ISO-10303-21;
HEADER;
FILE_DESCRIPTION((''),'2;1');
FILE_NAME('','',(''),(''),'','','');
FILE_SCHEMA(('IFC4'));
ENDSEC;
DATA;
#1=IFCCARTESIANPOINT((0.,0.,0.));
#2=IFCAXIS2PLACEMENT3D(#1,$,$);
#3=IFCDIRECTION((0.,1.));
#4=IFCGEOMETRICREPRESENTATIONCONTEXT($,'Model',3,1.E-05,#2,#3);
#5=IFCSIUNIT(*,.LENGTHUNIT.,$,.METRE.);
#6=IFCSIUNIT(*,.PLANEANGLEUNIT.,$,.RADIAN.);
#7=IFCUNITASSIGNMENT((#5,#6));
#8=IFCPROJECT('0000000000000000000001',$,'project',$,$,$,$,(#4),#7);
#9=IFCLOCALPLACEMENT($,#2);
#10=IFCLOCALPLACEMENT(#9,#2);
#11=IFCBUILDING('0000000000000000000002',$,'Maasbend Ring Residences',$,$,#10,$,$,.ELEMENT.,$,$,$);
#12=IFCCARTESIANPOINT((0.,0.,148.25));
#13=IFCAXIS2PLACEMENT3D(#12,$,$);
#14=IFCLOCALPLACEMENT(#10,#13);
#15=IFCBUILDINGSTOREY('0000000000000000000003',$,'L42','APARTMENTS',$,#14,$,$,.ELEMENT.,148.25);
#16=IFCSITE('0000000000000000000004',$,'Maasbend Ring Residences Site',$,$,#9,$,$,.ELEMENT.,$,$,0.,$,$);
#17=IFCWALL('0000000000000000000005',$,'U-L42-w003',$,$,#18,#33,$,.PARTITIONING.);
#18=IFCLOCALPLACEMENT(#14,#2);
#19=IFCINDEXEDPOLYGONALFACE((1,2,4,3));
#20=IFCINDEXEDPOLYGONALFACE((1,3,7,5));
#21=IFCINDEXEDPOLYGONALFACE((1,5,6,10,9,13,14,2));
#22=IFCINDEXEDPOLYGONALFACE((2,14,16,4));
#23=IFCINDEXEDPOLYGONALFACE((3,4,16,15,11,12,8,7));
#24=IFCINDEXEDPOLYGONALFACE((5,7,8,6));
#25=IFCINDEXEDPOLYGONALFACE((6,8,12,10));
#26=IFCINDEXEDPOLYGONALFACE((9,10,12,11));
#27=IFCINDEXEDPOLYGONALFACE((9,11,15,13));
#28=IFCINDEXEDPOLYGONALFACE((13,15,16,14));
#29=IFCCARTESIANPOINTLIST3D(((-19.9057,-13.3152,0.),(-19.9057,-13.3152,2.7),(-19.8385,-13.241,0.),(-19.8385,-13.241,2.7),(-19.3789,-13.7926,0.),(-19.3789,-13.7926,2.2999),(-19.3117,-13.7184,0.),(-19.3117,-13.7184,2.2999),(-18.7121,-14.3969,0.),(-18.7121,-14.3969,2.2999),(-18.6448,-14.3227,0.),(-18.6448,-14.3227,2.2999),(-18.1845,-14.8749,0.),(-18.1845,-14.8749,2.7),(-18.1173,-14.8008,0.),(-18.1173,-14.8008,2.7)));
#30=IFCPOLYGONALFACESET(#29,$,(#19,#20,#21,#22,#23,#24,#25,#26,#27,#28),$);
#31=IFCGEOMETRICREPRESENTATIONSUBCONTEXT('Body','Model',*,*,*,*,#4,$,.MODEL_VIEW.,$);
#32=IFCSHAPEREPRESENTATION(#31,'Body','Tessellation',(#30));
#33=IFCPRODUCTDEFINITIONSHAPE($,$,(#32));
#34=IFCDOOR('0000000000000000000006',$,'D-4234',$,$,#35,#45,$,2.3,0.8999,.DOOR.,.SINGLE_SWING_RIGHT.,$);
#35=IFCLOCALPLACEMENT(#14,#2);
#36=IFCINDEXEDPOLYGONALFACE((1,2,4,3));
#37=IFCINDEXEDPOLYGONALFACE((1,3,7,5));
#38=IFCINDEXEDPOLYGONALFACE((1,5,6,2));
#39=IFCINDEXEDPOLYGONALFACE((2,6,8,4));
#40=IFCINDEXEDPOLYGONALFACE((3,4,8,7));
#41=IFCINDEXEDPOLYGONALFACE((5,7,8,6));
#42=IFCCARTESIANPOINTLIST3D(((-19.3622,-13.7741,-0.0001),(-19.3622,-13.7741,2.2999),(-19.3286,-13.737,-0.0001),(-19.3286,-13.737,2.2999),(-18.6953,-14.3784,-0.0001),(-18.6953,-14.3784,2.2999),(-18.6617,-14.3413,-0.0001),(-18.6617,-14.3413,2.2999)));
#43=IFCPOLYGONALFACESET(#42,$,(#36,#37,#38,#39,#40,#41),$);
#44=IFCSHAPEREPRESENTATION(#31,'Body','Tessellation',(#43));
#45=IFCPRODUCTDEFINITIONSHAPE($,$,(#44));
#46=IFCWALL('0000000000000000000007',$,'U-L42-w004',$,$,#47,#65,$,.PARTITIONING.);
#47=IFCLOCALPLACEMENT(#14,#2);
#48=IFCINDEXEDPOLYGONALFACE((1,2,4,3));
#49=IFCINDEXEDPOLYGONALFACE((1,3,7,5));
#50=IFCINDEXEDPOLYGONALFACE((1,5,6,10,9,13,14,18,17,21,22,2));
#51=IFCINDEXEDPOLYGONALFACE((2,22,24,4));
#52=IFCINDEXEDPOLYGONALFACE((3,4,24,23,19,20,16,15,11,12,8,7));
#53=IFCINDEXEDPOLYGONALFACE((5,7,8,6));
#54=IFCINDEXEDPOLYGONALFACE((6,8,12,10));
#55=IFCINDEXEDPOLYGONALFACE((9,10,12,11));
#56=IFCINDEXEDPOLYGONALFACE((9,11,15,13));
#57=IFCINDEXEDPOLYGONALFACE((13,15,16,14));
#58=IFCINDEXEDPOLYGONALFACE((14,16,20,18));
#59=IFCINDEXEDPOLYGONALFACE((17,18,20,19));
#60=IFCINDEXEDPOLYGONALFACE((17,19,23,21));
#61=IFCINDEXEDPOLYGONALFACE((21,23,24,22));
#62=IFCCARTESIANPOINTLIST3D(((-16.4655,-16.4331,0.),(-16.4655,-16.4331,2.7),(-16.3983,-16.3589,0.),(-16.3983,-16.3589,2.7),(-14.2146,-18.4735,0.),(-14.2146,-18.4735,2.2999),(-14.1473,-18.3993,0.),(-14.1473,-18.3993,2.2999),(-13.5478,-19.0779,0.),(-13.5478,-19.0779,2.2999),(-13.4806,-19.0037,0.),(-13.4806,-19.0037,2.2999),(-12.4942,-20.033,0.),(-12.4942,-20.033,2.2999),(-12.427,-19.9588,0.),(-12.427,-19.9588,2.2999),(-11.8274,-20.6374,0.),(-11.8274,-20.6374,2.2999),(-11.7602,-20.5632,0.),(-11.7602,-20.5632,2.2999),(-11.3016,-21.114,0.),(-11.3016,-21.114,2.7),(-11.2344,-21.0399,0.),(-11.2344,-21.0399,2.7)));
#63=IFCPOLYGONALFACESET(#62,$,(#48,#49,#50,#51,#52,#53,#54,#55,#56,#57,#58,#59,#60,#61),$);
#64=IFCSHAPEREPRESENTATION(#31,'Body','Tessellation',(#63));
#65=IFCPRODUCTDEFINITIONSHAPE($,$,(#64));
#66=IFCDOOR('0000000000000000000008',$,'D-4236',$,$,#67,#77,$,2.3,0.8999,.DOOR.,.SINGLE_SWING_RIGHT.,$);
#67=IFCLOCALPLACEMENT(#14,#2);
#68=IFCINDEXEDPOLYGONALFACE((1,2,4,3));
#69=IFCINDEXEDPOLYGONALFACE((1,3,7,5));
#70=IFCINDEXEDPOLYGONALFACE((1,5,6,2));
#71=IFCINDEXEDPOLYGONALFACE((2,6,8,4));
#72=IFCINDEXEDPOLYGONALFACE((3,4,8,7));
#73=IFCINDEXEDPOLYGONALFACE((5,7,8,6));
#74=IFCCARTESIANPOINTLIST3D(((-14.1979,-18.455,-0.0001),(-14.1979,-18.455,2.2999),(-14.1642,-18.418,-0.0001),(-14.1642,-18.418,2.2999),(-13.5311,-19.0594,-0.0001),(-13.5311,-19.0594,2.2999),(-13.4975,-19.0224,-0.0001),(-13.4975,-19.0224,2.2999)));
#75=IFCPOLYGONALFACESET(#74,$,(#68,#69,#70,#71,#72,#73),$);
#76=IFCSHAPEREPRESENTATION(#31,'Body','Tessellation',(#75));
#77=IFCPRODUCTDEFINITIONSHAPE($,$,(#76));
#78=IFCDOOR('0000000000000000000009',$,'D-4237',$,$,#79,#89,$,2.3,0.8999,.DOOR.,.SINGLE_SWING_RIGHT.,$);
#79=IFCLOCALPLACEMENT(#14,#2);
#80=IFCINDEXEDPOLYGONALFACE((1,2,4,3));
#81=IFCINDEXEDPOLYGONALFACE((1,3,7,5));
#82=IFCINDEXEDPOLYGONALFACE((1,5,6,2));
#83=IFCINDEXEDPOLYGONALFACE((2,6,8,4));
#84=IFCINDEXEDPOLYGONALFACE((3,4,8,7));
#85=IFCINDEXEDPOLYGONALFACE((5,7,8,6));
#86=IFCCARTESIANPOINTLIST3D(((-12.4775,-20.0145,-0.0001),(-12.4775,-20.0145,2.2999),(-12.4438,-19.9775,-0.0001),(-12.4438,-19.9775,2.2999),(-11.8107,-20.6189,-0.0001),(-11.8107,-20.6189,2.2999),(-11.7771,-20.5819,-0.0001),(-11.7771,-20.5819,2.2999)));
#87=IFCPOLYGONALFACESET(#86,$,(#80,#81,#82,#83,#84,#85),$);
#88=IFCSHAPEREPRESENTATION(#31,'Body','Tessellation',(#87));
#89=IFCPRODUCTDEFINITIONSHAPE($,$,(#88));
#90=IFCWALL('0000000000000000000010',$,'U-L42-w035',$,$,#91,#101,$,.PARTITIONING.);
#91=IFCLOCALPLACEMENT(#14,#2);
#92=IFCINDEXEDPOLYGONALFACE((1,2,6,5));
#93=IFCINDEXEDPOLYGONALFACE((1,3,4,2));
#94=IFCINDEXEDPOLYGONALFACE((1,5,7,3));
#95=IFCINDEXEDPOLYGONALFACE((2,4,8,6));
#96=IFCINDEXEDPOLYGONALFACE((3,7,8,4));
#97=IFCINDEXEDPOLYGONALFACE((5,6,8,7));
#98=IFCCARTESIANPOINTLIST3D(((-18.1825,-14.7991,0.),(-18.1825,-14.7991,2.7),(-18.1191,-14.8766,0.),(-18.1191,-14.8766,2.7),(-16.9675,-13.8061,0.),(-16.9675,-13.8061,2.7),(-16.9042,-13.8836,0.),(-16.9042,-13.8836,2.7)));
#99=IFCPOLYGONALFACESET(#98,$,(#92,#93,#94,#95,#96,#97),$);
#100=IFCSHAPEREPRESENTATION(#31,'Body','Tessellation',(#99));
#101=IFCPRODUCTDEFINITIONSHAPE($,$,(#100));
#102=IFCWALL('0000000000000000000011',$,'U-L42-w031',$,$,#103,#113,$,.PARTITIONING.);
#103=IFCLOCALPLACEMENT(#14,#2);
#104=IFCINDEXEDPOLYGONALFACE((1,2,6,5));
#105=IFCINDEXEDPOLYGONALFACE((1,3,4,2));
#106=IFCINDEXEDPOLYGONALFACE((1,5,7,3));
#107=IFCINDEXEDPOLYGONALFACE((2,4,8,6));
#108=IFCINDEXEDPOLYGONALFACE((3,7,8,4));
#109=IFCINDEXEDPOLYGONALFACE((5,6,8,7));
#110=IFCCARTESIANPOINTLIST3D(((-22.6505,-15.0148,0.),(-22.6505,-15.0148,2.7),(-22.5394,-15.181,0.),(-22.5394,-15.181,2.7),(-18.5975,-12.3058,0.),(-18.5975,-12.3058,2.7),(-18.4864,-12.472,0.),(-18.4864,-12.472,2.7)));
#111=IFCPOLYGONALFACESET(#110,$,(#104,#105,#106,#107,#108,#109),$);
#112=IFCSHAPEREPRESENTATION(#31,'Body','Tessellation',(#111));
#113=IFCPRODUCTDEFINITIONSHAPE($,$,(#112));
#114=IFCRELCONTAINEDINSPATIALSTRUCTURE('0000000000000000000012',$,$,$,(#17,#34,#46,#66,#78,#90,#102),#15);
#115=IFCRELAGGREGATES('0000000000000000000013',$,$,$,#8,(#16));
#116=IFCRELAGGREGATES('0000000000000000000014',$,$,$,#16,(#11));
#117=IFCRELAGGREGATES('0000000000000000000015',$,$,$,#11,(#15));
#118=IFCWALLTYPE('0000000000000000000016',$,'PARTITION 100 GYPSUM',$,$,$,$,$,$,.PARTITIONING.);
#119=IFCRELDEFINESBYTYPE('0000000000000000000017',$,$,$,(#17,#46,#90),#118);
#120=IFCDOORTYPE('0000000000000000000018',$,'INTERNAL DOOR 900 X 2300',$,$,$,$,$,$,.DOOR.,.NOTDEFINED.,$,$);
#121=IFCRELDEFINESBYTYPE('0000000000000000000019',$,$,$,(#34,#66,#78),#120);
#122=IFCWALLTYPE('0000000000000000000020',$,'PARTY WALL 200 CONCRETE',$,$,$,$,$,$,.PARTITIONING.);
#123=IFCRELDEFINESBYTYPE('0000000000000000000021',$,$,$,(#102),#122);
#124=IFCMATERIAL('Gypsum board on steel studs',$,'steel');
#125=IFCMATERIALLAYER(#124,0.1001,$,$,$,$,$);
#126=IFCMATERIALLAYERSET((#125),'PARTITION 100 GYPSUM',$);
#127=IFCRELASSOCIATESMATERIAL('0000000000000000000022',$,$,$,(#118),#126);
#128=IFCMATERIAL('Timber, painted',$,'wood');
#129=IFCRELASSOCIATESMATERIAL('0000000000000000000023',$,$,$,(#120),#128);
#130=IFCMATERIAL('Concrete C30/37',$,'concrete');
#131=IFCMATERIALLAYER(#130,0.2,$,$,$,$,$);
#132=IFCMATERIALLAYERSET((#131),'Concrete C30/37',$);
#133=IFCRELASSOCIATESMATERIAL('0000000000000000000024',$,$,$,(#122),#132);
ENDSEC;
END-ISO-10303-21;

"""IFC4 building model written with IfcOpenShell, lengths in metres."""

from ifc_helpers import new_model, si_unit, direction, frame, frame_2d, origin, place, context, subcontext, project, spatial, rectangle, extrude, material, layer, layer_set, type_object, element, fill, save


model = new_model("IFC4")

# Units and contexts
model_context = context("Model", 3, precision=1e-05, world=origin(), true_north=direction((0.0, 1.0)))
body_context = subcontext(model_context, "Body", "Model", "MODEL_VIEW")
ifc_project = project(units=[si_unit("LENGTHUNIT", "METRE"), si_unit("PLANEANGLEUNIT", "RADIAN")], contexts=[model_context])

# Site, building, storey
site_placement = place(None, origin())
site = spatial("IfcSite", under=ifc_project, at=site_placement, Name="Maasbend Ring Residences Site", CompositionType="ELEMENT", RefElevation=0.0)
building_placement = place(site_placement, origin())
building = spatial("IfcBuilding", under=site, at=building_placement, Name="Maasbend Ring Residences", CompositionType="ELEMENT")
storey_placement = place(building_placement, frame((0.0, 0.0, 148.25)))
storey = spatial("IfcBuildingStorey", under=building, at=storey_placement, Name="L42", Description="APARTMENTS", CompositionType="ELEMENT", Elevation=148.25)

# Wall, opening, door
ifc_material_1 = material(Name="Gypsum board on steel studs", Category="steel")
ifc_layer_1 = layer(ifc_material_1, 0.1001)
ifc_layer_set_1 = layer_set([ifc_layer_1], Name="PARTITION 100 GYPSUM")
wall_type_1 = type_object("IfcWallType", Name="PARTITION 100 GYPSUM", PredefinedType="PARTITIONING", material=ifc_layer_set_1)
wall_1_placement = place(storey_placement, frame((-19.8721, -13.2781, 0.0), z_axis=(0.0, 0.0, 1.0), x_axis=(0.74099, -0.671516, 0.0)))
wall_1 = element("IfcWall", 1, at=wall_1_placement, inside=storey, type_object=wall_type_1, Name="U-L42-w003", PredefinedType="PARTITIONING", context=body_context, shape_type="SweptSolid", body=[
    extrude(rectangle(XDim=2.3228, YDim=0.1001, at=frame_2d((1.1614, 0.0))), origin(), (0.0, 0.0, 1.0), 2.7),
])
opening_1_placement = place(wall_1_placement, frame((0.7109, 0.0, 0.0)))
opening_1 = element("IfcOpeningElement", 2, at=opening_1_placement, cuts=wall_1, PredefinedType="OPENING", context=body_context, shape_type="SweptSolid", body=[
    extrude(rectangle(XDim=0.8999, YDim=2.3, at=frame_2d((0.45, 1.1499))), frame((0.0, 0.0601, 0.0), z_axis=(0.0, -1.0, 0.0), x_axis=(1.0, 0.0, 0.0)), (0.0, 0.0, 1.0), 0.1201),
])
ifc_material_2 = material(Name="Timber, painted", Category="wood")
door_type_1 = type_object("IfcDoorType", Name="INTERNAL DOOR 900 X 2300", OperationType="NOTDEFINED", PredefinedType="DOOR", material=ifc_material_2)
door_1_placement = place(opening_1_placement, origin())
door_1 = element("IfcDoor", 3, at=door_1_placement, inside=storey, type_object=door_type_1, Name="D-4234", OperationType="SINGLE_SWING_RIGHT", OverallHeight=2.3, OverallWidth=0.8999, PredefinedType="DOOR", context=body_context, shape_type="SweptSolid", body=[
    extrude(rectangle(XDim=0.8999, YDim=2.3, at=frame_2d((0.45, 1.1499))), frame((0.0, 0.0249, 0.0), z_axis=(0.0, -1.0, 0.0), x_axis=(1.0, 0.0, 0.0)), (0.0, 0.0, 1.0), 0.05),
])
fill(opening_1, door_1)

# Wall, openings, doors
wall_2_placement = place(storey_placement, frame((-16.4319, -16.396, 0.0), z_axis=(0.0, 0.0, 1.0), x_axis=(0.740901, -0.671614, 0.0)))
wall_2 = element("IfcWall", 4, at=wall_2_placement, inside=storey, type_object=wall_type_1, Name="U-L42-w004", PredefinedType="PARTITIONING", context=body_context, shape_type="SweptSolid", body=[
    extrude(rectangle(XDim=6.9697, YDim=0.1001, at=frame_2d((3.4849, 0.0))), origin(), (0.0, 0.0, 1.0), 2.7),
])
opening_2_placement = place(wall_2_placement, frame((3.0381, 0.0, 0.0)))
opening_2 = element("IfcOpeningElement", 5, at=opening_2_placement, cuts=wall_2, PredefinedType="OPENING", context=body_context, shape_type="SweptSolid", body=[
    extrude(rectangle(XDim=0.8999, YDim=2.3, at=frame_2d((0.45, 1.1499))), frame((0.0, 0.0601, 0.0), z_axis=(0.0, -1.0, 0.0), x_axis=(1.0, 0.0, 0.0)), (0.0, 0.0, 1.0), 0.1201),
])
opening_3_placement = place(wall_2_placement, frame((5.3601, 0.0, 0.0)))
opening_3 = element("IfcOpeningElement", 6, at=opening_3_placement, cuts=wall_2, PredefinedType="OPENING", context=body_context, shape_type="SweptSolid", body=[
    extrude(rectangle(XDim=0.8999, YDim=2.3, at=frame_2d((0.45, 1.1499))), frame((0.0, 0.0601, 0.0), z_axis=(0.0, -1.0, 0.0), x_axis=(1.0, 0.0, 0.0)), (0.0, 0.0, 1.0), 0.1201),
])
door_2_placement = place(opening_2_placement, origin())
door_2 = element("IfcDoor", 7, at=door_2_placement, inside=storey, type_object=door_type_1, Name="D-4236", OperationType="SINGLE_SWING_RIGHT", OverallHeight=2.3, OverallWidth=0.8999, PredefinedType="DOOR", context=body_context, shape_type="SweptSolid", body=[
    extrude(rectangle(XDim=0.8999, YDim=2.3, at=frame_2d((0.45, 1.1499))), frame((0.0, 0.0249, 0.0), z_axis=(0.0, -1.0, 0.0), x_axis=(1.0, 0.0, 0.0)), (0.0, 0.0, 1.0), 0.05),
])
fill(opening_2, door_2)
door_3_placement = place(opening_3_placement, origin())
door_3 = element("IfcDoor", 8, at=door_3_placement, inside=storey, type_object=door_type_1, Name="D-4237", OperationType="SINGLE_SWING_RIGHT", OverallHeight=2.3, OverallWidth=0.8999, PredefinedType="DOOR", context=body_context, shape_type="SweptSolid", body=[
    extrude(rectangle(XDim=0.8999, YDim=2.3, at=frame_2d((0.45, 1.1499))), frame((0.0, 0.0249, 0.0), z_axis=(0.0, -1.0, 0.0), x_axis=(1.0, 0.0, 0.0)), (0.0, 0.0, 1.0), 0.05),
])
fill(opening_3, door_3)

# Walls
wall_3_placement = place(storey_placement, frame((-18.1509, -14.8379, 0.0), z_axis=(0.0, 0.0, 1.0), x_axis=(0.774283, 0.632839, 0.0)))
element("IfcWall", 9, at=wall_3_placement, inside=storey, type_object=wall_type_1, Name="U-L42-w035", PredefinedType="PARTITIONING", context=body_context, shape_type="SweptSolid", body=[
    extrude(rectangle(XDim=1.5691, YDim=0.1001, at=frame_2d((0.7847, 0.0))), origin(), (0.0, 0.0, 1.0), 2.7),
])
ifc_material_3 = material(Name="Concrete C30/37", Category="concrete")
ifc_layer_2 = layer(ifc_material_3, 0.2)
ifc_layer_set_2 = layer_set([ifc_layer_2], Name="Concrete C30/37")
wall_type_2 = type_object("IfcWallType", Name="PARTY WALL 200 CONCRETE", PredefinedType="PARTITIONING", material=ifc_layer_set_2)
wall_4_placement = place(storey_placement, frame((-22.595, -15.0979, 0.0), z_axis=(0.0, 0.0, 1.0), x_axis=(0.831387, 0.555694, 0.0)))
element("IfcWall", 10, at=wall_4_placement, inside=storey, type_object=wall_type_2, Name="U-L42-w031", PredefinedType="PARTITIONING", context=body_context, shape_type="SweptSolid", body=[
    extrude(rectangle(XDim=4.875, YDim=0.2, at=frame_2d((2.4375, 0.0))), origin(), (0.0, 0.0, 1.0), 2.7),
])

save(model, "model.ifc")
